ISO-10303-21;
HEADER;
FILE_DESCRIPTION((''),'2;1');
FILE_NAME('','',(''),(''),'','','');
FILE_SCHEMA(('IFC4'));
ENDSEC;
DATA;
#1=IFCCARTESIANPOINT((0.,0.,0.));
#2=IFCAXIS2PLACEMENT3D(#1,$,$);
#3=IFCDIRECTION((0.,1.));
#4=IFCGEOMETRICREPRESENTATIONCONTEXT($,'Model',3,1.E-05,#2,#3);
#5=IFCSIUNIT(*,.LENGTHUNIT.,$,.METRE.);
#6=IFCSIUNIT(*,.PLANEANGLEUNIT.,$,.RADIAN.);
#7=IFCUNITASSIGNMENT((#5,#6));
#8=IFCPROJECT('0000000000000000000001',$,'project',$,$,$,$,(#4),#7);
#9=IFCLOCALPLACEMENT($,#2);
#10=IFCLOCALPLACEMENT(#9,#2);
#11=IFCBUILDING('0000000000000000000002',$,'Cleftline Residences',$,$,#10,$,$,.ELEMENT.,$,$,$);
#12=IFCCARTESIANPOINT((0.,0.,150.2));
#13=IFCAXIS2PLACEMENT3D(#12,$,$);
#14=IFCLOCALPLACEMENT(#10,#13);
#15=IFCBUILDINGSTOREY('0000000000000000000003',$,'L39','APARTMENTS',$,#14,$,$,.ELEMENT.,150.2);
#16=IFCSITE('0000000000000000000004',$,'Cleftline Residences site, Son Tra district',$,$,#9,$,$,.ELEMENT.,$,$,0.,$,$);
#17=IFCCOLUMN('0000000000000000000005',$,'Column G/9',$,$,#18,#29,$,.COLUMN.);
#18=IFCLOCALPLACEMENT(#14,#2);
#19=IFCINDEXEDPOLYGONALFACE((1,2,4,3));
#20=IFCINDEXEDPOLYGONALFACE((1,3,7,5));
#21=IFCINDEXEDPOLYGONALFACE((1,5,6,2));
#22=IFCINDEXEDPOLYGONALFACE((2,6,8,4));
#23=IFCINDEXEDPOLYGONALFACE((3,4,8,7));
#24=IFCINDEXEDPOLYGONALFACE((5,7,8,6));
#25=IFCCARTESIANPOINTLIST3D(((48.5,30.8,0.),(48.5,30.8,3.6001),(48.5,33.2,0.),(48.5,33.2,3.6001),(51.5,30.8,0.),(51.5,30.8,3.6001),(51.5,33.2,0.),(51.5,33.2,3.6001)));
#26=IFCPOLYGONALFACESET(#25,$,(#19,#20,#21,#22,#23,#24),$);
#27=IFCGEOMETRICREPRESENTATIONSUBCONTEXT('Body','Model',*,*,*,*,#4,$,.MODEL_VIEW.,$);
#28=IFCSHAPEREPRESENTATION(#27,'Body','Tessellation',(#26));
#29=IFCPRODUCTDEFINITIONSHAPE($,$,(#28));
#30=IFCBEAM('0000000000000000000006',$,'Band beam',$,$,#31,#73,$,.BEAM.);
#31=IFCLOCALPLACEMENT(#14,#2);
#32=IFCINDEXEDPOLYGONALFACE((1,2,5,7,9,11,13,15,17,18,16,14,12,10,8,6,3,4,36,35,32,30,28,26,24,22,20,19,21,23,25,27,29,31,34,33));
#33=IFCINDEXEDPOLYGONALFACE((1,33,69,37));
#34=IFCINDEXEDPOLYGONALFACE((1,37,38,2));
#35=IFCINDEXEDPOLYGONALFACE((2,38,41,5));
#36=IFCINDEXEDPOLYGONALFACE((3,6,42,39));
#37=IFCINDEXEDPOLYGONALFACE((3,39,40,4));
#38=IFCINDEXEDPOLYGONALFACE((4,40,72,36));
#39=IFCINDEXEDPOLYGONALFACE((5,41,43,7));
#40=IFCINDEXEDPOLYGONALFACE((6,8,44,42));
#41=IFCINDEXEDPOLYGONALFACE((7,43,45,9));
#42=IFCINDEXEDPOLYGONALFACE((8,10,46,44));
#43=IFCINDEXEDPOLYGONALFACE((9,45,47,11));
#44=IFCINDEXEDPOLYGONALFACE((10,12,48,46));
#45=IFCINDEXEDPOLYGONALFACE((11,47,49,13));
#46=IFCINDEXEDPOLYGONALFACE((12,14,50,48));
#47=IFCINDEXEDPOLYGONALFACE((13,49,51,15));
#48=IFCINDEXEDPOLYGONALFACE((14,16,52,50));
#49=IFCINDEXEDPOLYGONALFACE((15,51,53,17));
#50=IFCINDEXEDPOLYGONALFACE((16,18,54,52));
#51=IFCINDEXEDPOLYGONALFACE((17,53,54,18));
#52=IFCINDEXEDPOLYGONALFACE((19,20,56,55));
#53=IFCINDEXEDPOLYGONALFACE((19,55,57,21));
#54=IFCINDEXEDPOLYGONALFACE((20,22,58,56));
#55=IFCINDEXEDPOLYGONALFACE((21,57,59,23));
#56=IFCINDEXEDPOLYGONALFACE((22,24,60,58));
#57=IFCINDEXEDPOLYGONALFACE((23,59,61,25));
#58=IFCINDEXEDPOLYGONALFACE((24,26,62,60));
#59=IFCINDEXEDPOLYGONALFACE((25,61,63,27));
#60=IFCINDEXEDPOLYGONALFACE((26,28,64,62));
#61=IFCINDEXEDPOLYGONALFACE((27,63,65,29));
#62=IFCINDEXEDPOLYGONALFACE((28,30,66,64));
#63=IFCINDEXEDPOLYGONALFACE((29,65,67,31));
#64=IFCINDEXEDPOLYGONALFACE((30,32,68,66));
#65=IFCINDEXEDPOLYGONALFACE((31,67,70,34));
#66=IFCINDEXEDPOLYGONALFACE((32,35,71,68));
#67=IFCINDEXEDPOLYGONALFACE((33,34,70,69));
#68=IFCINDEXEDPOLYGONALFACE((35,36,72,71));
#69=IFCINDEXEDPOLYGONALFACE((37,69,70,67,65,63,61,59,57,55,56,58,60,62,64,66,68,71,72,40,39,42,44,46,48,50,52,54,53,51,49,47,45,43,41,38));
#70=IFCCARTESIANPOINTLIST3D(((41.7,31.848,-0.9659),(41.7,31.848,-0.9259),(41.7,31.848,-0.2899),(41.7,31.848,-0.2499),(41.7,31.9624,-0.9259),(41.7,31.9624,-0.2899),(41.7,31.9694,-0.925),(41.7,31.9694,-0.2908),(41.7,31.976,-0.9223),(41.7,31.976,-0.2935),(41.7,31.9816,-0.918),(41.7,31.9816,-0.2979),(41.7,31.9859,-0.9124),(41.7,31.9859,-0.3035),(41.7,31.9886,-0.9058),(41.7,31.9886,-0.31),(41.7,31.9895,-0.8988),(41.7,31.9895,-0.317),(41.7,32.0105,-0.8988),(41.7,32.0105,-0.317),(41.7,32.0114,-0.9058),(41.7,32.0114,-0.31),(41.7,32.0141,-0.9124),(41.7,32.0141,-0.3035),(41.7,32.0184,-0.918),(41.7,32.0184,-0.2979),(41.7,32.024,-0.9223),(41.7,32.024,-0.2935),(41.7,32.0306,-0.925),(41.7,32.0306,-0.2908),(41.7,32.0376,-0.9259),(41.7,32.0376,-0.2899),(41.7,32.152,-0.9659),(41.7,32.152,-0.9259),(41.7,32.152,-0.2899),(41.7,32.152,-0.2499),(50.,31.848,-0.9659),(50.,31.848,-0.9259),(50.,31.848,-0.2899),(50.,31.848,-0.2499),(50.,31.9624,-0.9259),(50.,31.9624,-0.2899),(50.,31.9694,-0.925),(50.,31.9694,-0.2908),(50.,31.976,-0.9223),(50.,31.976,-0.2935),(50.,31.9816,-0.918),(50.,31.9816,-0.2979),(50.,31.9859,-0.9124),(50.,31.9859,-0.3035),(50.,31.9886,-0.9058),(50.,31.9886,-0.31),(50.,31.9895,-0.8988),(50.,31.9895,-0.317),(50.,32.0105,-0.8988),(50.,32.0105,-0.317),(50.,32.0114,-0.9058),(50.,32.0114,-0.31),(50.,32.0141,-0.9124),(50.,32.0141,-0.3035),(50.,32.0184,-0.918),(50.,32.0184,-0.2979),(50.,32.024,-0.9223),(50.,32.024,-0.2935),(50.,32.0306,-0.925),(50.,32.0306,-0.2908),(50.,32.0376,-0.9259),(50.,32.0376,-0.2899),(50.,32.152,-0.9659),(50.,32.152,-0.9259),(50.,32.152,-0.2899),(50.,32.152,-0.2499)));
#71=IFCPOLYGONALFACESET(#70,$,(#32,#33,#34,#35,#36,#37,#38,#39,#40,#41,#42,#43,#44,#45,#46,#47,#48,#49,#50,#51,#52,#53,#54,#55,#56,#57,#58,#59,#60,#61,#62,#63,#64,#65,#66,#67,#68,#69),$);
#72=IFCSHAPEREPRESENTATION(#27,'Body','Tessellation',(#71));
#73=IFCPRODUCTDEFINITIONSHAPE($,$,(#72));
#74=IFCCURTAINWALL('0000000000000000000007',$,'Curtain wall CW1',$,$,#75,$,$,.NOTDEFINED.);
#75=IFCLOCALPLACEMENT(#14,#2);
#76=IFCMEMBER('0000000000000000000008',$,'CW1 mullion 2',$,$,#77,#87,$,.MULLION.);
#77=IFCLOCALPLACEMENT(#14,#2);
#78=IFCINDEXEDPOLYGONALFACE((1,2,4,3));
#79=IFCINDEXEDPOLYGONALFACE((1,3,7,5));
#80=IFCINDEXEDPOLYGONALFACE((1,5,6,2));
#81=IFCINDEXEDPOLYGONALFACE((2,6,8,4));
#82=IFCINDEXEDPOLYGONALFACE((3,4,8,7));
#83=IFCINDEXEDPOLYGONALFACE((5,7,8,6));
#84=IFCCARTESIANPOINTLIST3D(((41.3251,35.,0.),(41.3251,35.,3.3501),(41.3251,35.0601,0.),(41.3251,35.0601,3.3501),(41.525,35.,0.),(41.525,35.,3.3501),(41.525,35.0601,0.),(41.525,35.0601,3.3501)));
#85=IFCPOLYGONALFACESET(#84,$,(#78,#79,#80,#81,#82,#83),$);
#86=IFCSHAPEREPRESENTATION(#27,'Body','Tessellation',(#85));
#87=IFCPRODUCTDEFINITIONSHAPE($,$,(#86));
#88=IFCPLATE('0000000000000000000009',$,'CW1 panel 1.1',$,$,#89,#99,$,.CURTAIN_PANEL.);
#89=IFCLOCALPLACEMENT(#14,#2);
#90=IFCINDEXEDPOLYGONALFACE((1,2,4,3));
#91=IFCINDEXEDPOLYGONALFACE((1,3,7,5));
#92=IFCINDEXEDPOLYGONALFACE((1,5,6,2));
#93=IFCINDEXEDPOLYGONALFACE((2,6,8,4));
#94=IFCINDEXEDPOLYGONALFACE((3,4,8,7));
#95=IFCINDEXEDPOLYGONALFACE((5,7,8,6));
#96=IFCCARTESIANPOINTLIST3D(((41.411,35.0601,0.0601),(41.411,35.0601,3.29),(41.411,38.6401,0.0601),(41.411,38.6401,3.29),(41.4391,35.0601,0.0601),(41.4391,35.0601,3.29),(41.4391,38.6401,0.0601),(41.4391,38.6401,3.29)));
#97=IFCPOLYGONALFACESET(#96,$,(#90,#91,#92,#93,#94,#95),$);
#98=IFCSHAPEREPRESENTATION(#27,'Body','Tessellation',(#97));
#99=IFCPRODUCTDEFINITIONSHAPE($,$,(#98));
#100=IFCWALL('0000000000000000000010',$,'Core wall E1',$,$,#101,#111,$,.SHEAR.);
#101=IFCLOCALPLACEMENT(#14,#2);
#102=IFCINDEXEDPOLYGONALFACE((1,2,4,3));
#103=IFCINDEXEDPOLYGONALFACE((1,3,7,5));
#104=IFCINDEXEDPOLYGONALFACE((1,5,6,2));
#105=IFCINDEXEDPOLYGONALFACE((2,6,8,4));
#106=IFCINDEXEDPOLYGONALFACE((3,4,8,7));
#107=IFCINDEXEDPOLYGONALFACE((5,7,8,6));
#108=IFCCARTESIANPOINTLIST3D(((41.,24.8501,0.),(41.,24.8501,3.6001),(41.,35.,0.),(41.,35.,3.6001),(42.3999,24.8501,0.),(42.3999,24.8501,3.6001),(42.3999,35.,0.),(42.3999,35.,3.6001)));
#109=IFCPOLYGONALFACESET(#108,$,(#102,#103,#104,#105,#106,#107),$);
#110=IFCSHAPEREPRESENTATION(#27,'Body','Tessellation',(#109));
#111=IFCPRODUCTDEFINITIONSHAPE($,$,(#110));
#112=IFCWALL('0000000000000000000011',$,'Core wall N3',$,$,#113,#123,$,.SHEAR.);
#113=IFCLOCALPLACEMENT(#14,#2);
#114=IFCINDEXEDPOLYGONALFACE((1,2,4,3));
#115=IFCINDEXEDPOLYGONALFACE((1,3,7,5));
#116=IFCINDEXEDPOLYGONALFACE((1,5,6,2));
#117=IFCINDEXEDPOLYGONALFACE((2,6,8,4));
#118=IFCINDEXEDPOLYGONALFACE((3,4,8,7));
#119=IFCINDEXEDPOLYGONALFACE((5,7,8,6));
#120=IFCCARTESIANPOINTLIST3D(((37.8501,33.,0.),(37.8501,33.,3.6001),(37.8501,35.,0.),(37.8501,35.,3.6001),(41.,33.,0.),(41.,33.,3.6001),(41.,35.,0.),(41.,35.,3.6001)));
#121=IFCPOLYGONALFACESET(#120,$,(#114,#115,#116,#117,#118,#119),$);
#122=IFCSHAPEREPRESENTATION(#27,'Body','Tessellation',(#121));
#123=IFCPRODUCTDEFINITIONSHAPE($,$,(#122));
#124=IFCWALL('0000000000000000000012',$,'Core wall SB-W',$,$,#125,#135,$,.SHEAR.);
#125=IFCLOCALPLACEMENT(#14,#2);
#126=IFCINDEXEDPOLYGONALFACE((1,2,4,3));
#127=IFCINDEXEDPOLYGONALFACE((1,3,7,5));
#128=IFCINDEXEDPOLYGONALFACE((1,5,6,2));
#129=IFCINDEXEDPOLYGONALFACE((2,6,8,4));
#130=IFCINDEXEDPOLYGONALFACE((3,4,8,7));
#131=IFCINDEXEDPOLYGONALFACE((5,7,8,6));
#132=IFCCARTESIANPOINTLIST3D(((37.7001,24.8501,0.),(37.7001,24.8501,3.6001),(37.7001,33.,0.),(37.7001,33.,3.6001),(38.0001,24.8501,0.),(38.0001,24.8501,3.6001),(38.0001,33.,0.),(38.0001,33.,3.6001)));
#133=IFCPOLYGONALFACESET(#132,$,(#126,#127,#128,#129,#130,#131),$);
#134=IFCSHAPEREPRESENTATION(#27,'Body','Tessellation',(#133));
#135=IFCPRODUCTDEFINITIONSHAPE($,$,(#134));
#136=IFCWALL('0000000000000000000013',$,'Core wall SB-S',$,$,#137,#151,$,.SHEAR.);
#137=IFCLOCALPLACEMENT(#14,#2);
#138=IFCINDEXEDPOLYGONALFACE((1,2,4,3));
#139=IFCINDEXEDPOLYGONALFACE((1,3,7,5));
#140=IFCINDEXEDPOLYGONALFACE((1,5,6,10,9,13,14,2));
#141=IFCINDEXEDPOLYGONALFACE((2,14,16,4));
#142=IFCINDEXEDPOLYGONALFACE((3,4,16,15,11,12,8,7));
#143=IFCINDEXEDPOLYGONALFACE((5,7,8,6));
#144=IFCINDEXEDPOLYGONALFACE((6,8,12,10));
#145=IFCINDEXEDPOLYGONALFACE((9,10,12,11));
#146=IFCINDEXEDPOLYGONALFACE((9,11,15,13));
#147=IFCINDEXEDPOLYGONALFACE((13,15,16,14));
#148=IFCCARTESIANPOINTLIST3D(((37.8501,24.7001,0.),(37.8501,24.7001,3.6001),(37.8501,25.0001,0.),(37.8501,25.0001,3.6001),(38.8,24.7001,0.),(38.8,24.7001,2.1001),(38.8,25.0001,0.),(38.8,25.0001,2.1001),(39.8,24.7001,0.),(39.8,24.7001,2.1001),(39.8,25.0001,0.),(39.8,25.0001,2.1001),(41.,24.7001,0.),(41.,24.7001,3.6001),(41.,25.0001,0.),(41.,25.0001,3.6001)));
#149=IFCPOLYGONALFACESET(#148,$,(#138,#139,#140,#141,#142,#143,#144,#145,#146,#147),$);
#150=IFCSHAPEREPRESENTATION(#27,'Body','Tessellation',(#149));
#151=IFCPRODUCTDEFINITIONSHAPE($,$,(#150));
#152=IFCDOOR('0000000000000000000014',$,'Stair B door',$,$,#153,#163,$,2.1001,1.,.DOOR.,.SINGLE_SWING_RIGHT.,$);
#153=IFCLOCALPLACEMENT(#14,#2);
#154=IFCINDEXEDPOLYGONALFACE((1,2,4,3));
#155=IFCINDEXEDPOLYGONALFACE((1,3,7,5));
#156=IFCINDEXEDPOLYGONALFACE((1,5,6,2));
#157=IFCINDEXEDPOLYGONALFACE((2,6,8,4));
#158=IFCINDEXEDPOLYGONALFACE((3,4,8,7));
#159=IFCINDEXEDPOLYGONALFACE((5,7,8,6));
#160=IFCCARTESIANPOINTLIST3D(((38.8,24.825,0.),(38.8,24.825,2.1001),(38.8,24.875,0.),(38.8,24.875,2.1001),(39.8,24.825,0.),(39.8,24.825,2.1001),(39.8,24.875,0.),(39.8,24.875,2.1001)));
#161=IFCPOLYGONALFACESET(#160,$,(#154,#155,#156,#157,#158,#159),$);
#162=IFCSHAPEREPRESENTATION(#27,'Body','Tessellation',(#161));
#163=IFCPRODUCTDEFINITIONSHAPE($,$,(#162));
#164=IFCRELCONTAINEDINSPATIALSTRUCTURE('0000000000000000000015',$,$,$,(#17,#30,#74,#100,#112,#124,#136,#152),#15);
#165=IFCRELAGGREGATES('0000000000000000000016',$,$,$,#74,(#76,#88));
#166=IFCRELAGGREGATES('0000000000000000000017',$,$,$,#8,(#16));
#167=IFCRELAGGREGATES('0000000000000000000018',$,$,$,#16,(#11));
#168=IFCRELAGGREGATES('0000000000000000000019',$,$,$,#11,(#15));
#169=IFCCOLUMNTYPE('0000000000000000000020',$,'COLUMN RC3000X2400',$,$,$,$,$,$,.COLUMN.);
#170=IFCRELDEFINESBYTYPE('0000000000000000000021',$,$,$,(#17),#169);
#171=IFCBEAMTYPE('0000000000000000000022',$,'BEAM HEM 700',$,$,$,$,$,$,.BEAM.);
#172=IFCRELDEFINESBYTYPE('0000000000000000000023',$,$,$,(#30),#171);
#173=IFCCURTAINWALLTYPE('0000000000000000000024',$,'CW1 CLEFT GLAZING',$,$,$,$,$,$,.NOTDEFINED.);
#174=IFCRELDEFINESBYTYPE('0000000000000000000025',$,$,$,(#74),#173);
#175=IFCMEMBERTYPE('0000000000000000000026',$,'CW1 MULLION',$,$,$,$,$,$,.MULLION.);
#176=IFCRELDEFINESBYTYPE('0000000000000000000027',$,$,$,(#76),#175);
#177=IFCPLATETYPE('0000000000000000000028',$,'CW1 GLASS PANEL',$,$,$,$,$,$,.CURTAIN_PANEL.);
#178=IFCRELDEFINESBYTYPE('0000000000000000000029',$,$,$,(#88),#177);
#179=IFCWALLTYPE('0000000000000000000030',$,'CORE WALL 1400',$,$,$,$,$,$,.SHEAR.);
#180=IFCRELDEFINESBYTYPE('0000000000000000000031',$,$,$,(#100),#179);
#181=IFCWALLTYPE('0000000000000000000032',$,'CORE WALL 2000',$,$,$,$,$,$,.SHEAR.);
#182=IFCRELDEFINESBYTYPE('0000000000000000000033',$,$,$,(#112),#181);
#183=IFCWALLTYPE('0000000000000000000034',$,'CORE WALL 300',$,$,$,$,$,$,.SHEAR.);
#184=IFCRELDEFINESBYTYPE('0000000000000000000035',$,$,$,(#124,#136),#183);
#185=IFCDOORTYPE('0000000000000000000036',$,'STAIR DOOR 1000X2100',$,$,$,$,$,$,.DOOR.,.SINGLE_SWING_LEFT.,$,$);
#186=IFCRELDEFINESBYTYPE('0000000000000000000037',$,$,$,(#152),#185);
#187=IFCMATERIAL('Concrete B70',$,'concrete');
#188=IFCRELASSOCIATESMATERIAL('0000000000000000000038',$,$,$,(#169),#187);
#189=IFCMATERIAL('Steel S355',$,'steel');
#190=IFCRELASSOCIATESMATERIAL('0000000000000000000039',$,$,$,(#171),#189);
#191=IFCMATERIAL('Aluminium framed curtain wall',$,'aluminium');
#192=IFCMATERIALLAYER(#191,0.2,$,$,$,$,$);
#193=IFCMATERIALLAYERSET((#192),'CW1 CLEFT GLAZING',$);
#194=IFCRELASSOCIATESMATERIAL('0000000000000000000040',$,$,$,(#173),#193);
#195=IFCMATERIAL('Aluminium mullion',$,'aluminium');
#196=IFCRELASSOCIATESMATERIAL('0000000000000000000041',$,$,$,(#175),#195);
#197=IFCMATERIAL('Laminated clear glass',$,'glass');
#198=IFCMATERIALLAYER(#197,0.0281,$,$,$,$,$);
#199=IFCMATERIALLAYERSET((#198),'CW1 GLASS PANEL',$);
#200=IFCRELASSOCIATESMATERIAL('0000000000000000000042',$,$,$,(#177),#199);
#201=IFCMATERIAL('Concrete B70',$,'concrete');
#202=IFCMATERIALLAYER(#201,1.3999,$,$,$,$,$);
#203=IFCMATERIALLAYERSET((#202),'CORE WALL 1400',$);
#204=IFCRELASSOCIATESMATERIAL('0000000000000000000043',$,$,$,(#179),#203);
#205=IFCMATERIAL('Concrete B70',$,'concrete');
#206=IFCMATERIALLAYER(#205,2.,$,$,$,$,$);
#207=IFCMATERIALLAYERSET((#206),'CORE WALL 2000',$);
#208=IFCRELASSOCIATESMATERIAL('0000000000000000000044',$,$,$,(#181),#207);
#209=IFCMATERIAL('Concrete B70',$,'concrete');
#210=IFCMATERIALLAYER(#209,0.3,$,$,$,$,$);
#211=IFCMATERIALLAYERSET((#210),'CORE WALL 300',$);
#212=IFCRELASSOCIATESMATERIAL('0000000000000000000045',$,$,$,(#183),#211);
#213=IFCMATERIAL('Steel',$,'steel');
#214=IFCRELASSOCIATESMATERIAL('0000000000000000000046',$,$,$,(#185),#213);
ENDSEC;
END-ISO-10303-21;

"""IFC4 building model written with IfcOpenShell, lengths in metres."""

from ifc_helpers import new_model, si_unit, direction, frame, frame_2d, origin, origin_2d, place, context, subcontext, project, spatial, rectangle, i_section, extrude, material, layer, layer_set, material_profile, profile_set, type_object, element, fill, aggregate, save


model = new_model("IFC4")

# Units and contexts
model_context = context("Model", 3, precision=1e-05, world=origin(), true_north=direction((0.0, 1.0)))
body_context = subcontext(model_context, "Body", "Model", "MODEL_VIEW")
ifc_project = project(units=[si_unit("LENGTHUNIT", "METRE"), si_unit("PLANEANGLEUNIT", "RADIAN")], contexts=[model_context])

# Site, building, storey
site_placement = place(None, origin())
site = spatial("IfcSite", under=ifc_project, at=site_placement, Name="Cleftline Residences site, Son Tra district", CompositionType="ELEMENT", RefElevation=0.0)
building_placement = place(site_placement, origin())
building = spatial("IfcBuilding", under=site, at=building_placement, Name="Cleftline Residences", CompositionType="ELEMENT")
storey_placement = place(building_placement, frame((0.0, 0.0, 150.2)))
storey = spatial("IfcBuildingStorey", under=building, at=storey_placement, Name="L39", Description="APARTMENTS", CompositionType="ELEMENT", Elevation=150.2)

# Column
ifc_material_1 = material(Name="Concrete B70", Category="concrete")
ifc_material_profile_1 = material_profile(ifc_material_1, rectangle(XDim=3.0, YDim=2.3999, at=origin_2d()))
ifc_profile_set_1 = profile_set([ifc_material_profile_1], Name="Concrete B70")
column_type = type_object("IfcColumnType", Name="COLUMN RC3000X2400", PredefinedType="COLUMN", material=ifc_profile_set_1)
column_placement = place(storey_placement, frame((50.0, 32.0, 0.0), z_axis=(0.0, 0.0, 1.0), x_axis=(1.0, 0.0, 0.0)))
element("IfcColumn", 1, at=column_placement, inside=storey, type_object=column_type, Name="Column G/9", PredefinedType="COLUMN", context=body_context, shape_type="SweptSolid", body=[
    extrude(rectangle(XDim=3.0, YDim=2.3999, at=origin_2d()), origin(), (0.0, 0.0, 1.0), 3.6001),
])

# Beam
ifc_material_2 = material(Name="Steel S355", Category="steel")
ifc_material_profile_2 = material_profile(ifc_material_2, i_section(OverallWidth=0.304, OverallDepth=0.7161, WebThickness=0.021, FlangeThickness=0.04, FilletRadius=0.0271, at=origin_2d()))
ifc_profile_set_2 = profile_set([ifc_material_profile_2], Name="Steel S355")
beam_type = type_object("IfcBeamType", Name="BEAM HEM 700", PredefinedType="BEAM", material=ifc_profile_set_2)
beam_placement = place(storey_placement, frame((50.0, 32.0, -0.6079), z_axis=(-1.0, 0.0, 0.0), x_axis=(0.0, -1.0, 0.0)))
element("IfcBeam", 2, at=beam_placement, inside=storey, type_object=beam_type, Name="Band beam", PredefinedType="BEAM", context=body_context, shape_type="SweptSolid", body=[
    extrude(i_section(OverallWidth=0.304, OverallDepth=0.7161, WebThickness=0.021, FlangeThickness=0.04, FilletRadius=0.0271, at=origin_2d()), origin(), (0.0, 0.0, 1.0), 8.3),
])

# Curtain wall, member, plate
ifc_material_3 = material(Name="Aluminium framed curtain wall", Category="aluminium")
ifc_layer_1 = layer(ifc_material_3, 0.2)
ifc_layer_set_1 = layer_set([ifc_layer_1], Name="CW1 CLEFT GLAZING")
curtain_wall_type = type_object("IfcCurtainWallType", Name="CW1 CLEFT GLAZING", PredefinedType="NOTDEFINED", material=ifc_layer_set_1)
curtain_wall_placement = place(storey_placement, origin())
curtain_wall = element("IfcCurtainWall", 3, at=curtain_wall_placement, inside=storey, type_object=curtain_wall_type, Name="Curtain wall CW1", PredefinedType="NOTDEFINED")
ifc_material_4 = material(Name="Aluminium mullion", Category="aluminium")
ifc_material_profile_3 = material_profile(ifc_material_4, rectangle(XDim=0.2, YDim=0.0601, at=origin_2d()))
ifc_profile_set_3 = profile_set([ifc_material_profile_3], Name="Aluminium mullion")
member_type = type_object("IfcMemberType", Name="CW1 MULLION", PredefinedType="MULLION", material=ifc_profile_set_3)
member_placement = place(storey_placement, frame((41.425, 35.03, 0.0), z_axis=(0.0, 0.0, 1.0), x_axis=(1.0, 0.0, 0.0)))
member = element("IfcMember", 4, at=member_placement, type_object=member_type, Name="CW1 mullion 2", PredefinedType="MULLION", context=body_context, shape_type="SweptSolid", body=[
    extrude(rectangle(XDim=0.2, YDim=0.0601, at=origin_2d()), origin(), (0.0, 0.0, 1.0), 3.3501),
])
ifc_material_5 = material(Name="Laminated clear glass", Category="glass")
ifc_layer_2 = layer(ifc_material_5, 0.0281)
ifc_layer_set_2 = layer_set([ifc_layer_2], Name="CW1 GLASS PANEL")
plate_type = type_object("IfcPlateType", Name="CW1 GLASS PANEL", PredefinedType="CURTAIN_PANEL", material=ifc_layer_set_2)
plate_placement = place(storey_placement, frame((41.425, 36.8501, 0.0601), z_axis=(0.0, 0.0, 1.0), x_axis=(0.0, -1.0, 0.0)))
plate = element("IfcPlate", 5, at=plate_placement, type_object=plate_type, Name="CW1 panel 1.1", PredefinedType="CURTAIN_PANEL", context=body_context, shape_type="SweptSolid", body=[
    extrude(rectangle(XDim=3.5801, YDim=0.0281, at=origin_2d()), origin(), (0.0, 0.0, 1.0), 3.23),
])
aggregate(curtain_wall, [member, plate])

# Walls
ifc_material_6 = material(Name="Concrete B70", Category="concrete")
ifc_layer_3 = layer(ifc_material_6, 1.3999)
ifc_layer_set_3 = layer_set([ifc_layer_3], Name="CORE WALL 1400")
wall_type_1 = type_object("IfcWallType", Name="CORE WALL 1400", PredefinedType="SHEAR", material=ifc_layer_set_3)
wall_1_placement = place(storey_placement, frame((41.7, 24.8501, 0.0), z_axis=(0.0, 0.0, 1.0), x_axis=(0.0, 1.0, 0.0)))
element("IfcWall", 6, at=wall_1_placement, inside=storey, type_object=wall_type_1, Name="Core wall E1", PredefinedType="SHEAR", context=body_context, shape_type="SweptSolid", body=[
    extrude(rectangle(XDim=10.1499, YDim=1.3999, at=frame_2d((5.075, 0.0))), origin(), (0.0, 0.0, 1.0), 3.6001),
])
ifc_material_7 = material(Name="Concrete B70", Category="concrete")
ifc_layer_4 = layer(ifc_material_7, 2.0)
ifc_layer_set_4 = layer_set([ifc_layer_4], Name="CORE WALL 2000")
wall_type_2 = type_object("IfcWallType", Name="CORE WALL 2000", PredefinedType="SHEAR", material=ifc_layer_set_4)
wall_2_placement = place(storey_placement, frame((37.8501, 34.0, 0.0), z_axis=(0.0, 0.0, 1.0), x_axis=(1.0, 0.0, 0.0)))
element("IfcWall", 7, at=wall_2_placement, inside=storey, type_object=wall_type_2, Name="Core wall N3", PredefinedType="SHEAR", context=body_context, shape_type="SweptSolid", body=[
    extrude(rectangle(XDim=3.1499, YDim=2.0, at=frame_2d((1.575, 0.0))), origin(), (0.0, 0.0, 1.0), 3.6001),
])
ifc_material_8 = material(Name="Concrete B70", Category="concrete")
ifc_layer_5 = layer(ifc_material_8, 0.3)
ifc_layer_set_5 = layer_set([ifc_layer_5], Name="CORE WALL 300")
wall_type_3 = type_object("IfcWallType", Name="CORE WALL 300", PredefinedType="SHEAR", material=ifc_layer_set_5)
wall_3_placement = place(storey_placement, frame((37.8501, 24.8501, 0.0), z_axis=(0.0, 0.0, 1.0), x_axis=(0.0, 1.0, 0.0)))
element("IfcWall", 8, at=wall_3_placement, inside=storey, type_object=wall_type_3, Name="Core wall SB-W", PredefinedType="SHEAR", context=body_context, shape_type="SweptSolid", body=[
    extrude(rectangle(XDim=8.1499, YDim=0.3, at=frame_2d((4.075, 0.0))), origin(), (0.0, 0.0, 1.0), 3.6001),
])

# Wall, opening, door
wall_4_placement = place(storey_placement, frame((37.8501, 24.8501, 0.0), z_axis=(0.0, 0.0, 1.0), x_axis=(1.0, 0.0, 0.0)))
wall_4 = element("IfcWall", 9, at=wall_4_placement, inside=storey, type_object=wall_type_3, Name="Core wall SB-S", PredefinedType="SHEAR", context=body_context, shape_type="SweptSolid", body=[
    extrude(rectangle(XDim=3.1499, YDim=0.3, at=frame_2d((1.575, 0.0))), origin(), (0.0, 0.0, 1.0), 3.6001),
])
opening_1_placement = place(wall_4_placement, frame((0.95, 0.0, 0.0)))
opening_1 = element("IfcOpeningElement", 10, at=opening_1_placement, cuts=wall_4, PredefinedType="OPENING", context=body_context, shape_type="SweptSolid", body=[
    extrude(rectangle(XDim=1.0, YDim=2.1001, at=frame_2d((0.5, 1.05))), frame((0.0, 0.1599, 0.0), z_axis=(0.0, -1.0, 0.0), x_axis=(1.0, 0.0, 0.0)), (0.0, 0.0, 1.0), 0.3201),
])
ifc_material_9 = material(Name="Steel", Category="steel")
door_type_1 = type_object("IfcDoorType", Name="STAIR DOOR 1000X2100", OperationType="SINGLE_SWING_LEFT", PredefinedType="DOOR", material=ifc_material_9)
door_1_placement = place(opening_1_placement, origin())
door_1 = element("IfcDoor", 11, at=door_1_placement, inside=storey, type_object=door_type_1, Name="Stair B door", OperationType="SINGLE_SWING_RIGHT", OverallHeight=2.1001, OverallWidth=1.0, PredefinedType="DOOR", context=body_context, shape_type="SweptSolid", body=[
    extrude(rectangle(XDim=1.0, YDim=2.1001, at=frame_2d((0.5, 1.05))), frame((0.0, 0.0249, 0.0), z_axis=(0.0, -1.0, 0.0), x_axis=(1.0, 0.0, 0.0)), (0.0, 0.0, 1.0), 0.05),
])
fill(opening_1, door_1)

save(model, "model.ifc")
